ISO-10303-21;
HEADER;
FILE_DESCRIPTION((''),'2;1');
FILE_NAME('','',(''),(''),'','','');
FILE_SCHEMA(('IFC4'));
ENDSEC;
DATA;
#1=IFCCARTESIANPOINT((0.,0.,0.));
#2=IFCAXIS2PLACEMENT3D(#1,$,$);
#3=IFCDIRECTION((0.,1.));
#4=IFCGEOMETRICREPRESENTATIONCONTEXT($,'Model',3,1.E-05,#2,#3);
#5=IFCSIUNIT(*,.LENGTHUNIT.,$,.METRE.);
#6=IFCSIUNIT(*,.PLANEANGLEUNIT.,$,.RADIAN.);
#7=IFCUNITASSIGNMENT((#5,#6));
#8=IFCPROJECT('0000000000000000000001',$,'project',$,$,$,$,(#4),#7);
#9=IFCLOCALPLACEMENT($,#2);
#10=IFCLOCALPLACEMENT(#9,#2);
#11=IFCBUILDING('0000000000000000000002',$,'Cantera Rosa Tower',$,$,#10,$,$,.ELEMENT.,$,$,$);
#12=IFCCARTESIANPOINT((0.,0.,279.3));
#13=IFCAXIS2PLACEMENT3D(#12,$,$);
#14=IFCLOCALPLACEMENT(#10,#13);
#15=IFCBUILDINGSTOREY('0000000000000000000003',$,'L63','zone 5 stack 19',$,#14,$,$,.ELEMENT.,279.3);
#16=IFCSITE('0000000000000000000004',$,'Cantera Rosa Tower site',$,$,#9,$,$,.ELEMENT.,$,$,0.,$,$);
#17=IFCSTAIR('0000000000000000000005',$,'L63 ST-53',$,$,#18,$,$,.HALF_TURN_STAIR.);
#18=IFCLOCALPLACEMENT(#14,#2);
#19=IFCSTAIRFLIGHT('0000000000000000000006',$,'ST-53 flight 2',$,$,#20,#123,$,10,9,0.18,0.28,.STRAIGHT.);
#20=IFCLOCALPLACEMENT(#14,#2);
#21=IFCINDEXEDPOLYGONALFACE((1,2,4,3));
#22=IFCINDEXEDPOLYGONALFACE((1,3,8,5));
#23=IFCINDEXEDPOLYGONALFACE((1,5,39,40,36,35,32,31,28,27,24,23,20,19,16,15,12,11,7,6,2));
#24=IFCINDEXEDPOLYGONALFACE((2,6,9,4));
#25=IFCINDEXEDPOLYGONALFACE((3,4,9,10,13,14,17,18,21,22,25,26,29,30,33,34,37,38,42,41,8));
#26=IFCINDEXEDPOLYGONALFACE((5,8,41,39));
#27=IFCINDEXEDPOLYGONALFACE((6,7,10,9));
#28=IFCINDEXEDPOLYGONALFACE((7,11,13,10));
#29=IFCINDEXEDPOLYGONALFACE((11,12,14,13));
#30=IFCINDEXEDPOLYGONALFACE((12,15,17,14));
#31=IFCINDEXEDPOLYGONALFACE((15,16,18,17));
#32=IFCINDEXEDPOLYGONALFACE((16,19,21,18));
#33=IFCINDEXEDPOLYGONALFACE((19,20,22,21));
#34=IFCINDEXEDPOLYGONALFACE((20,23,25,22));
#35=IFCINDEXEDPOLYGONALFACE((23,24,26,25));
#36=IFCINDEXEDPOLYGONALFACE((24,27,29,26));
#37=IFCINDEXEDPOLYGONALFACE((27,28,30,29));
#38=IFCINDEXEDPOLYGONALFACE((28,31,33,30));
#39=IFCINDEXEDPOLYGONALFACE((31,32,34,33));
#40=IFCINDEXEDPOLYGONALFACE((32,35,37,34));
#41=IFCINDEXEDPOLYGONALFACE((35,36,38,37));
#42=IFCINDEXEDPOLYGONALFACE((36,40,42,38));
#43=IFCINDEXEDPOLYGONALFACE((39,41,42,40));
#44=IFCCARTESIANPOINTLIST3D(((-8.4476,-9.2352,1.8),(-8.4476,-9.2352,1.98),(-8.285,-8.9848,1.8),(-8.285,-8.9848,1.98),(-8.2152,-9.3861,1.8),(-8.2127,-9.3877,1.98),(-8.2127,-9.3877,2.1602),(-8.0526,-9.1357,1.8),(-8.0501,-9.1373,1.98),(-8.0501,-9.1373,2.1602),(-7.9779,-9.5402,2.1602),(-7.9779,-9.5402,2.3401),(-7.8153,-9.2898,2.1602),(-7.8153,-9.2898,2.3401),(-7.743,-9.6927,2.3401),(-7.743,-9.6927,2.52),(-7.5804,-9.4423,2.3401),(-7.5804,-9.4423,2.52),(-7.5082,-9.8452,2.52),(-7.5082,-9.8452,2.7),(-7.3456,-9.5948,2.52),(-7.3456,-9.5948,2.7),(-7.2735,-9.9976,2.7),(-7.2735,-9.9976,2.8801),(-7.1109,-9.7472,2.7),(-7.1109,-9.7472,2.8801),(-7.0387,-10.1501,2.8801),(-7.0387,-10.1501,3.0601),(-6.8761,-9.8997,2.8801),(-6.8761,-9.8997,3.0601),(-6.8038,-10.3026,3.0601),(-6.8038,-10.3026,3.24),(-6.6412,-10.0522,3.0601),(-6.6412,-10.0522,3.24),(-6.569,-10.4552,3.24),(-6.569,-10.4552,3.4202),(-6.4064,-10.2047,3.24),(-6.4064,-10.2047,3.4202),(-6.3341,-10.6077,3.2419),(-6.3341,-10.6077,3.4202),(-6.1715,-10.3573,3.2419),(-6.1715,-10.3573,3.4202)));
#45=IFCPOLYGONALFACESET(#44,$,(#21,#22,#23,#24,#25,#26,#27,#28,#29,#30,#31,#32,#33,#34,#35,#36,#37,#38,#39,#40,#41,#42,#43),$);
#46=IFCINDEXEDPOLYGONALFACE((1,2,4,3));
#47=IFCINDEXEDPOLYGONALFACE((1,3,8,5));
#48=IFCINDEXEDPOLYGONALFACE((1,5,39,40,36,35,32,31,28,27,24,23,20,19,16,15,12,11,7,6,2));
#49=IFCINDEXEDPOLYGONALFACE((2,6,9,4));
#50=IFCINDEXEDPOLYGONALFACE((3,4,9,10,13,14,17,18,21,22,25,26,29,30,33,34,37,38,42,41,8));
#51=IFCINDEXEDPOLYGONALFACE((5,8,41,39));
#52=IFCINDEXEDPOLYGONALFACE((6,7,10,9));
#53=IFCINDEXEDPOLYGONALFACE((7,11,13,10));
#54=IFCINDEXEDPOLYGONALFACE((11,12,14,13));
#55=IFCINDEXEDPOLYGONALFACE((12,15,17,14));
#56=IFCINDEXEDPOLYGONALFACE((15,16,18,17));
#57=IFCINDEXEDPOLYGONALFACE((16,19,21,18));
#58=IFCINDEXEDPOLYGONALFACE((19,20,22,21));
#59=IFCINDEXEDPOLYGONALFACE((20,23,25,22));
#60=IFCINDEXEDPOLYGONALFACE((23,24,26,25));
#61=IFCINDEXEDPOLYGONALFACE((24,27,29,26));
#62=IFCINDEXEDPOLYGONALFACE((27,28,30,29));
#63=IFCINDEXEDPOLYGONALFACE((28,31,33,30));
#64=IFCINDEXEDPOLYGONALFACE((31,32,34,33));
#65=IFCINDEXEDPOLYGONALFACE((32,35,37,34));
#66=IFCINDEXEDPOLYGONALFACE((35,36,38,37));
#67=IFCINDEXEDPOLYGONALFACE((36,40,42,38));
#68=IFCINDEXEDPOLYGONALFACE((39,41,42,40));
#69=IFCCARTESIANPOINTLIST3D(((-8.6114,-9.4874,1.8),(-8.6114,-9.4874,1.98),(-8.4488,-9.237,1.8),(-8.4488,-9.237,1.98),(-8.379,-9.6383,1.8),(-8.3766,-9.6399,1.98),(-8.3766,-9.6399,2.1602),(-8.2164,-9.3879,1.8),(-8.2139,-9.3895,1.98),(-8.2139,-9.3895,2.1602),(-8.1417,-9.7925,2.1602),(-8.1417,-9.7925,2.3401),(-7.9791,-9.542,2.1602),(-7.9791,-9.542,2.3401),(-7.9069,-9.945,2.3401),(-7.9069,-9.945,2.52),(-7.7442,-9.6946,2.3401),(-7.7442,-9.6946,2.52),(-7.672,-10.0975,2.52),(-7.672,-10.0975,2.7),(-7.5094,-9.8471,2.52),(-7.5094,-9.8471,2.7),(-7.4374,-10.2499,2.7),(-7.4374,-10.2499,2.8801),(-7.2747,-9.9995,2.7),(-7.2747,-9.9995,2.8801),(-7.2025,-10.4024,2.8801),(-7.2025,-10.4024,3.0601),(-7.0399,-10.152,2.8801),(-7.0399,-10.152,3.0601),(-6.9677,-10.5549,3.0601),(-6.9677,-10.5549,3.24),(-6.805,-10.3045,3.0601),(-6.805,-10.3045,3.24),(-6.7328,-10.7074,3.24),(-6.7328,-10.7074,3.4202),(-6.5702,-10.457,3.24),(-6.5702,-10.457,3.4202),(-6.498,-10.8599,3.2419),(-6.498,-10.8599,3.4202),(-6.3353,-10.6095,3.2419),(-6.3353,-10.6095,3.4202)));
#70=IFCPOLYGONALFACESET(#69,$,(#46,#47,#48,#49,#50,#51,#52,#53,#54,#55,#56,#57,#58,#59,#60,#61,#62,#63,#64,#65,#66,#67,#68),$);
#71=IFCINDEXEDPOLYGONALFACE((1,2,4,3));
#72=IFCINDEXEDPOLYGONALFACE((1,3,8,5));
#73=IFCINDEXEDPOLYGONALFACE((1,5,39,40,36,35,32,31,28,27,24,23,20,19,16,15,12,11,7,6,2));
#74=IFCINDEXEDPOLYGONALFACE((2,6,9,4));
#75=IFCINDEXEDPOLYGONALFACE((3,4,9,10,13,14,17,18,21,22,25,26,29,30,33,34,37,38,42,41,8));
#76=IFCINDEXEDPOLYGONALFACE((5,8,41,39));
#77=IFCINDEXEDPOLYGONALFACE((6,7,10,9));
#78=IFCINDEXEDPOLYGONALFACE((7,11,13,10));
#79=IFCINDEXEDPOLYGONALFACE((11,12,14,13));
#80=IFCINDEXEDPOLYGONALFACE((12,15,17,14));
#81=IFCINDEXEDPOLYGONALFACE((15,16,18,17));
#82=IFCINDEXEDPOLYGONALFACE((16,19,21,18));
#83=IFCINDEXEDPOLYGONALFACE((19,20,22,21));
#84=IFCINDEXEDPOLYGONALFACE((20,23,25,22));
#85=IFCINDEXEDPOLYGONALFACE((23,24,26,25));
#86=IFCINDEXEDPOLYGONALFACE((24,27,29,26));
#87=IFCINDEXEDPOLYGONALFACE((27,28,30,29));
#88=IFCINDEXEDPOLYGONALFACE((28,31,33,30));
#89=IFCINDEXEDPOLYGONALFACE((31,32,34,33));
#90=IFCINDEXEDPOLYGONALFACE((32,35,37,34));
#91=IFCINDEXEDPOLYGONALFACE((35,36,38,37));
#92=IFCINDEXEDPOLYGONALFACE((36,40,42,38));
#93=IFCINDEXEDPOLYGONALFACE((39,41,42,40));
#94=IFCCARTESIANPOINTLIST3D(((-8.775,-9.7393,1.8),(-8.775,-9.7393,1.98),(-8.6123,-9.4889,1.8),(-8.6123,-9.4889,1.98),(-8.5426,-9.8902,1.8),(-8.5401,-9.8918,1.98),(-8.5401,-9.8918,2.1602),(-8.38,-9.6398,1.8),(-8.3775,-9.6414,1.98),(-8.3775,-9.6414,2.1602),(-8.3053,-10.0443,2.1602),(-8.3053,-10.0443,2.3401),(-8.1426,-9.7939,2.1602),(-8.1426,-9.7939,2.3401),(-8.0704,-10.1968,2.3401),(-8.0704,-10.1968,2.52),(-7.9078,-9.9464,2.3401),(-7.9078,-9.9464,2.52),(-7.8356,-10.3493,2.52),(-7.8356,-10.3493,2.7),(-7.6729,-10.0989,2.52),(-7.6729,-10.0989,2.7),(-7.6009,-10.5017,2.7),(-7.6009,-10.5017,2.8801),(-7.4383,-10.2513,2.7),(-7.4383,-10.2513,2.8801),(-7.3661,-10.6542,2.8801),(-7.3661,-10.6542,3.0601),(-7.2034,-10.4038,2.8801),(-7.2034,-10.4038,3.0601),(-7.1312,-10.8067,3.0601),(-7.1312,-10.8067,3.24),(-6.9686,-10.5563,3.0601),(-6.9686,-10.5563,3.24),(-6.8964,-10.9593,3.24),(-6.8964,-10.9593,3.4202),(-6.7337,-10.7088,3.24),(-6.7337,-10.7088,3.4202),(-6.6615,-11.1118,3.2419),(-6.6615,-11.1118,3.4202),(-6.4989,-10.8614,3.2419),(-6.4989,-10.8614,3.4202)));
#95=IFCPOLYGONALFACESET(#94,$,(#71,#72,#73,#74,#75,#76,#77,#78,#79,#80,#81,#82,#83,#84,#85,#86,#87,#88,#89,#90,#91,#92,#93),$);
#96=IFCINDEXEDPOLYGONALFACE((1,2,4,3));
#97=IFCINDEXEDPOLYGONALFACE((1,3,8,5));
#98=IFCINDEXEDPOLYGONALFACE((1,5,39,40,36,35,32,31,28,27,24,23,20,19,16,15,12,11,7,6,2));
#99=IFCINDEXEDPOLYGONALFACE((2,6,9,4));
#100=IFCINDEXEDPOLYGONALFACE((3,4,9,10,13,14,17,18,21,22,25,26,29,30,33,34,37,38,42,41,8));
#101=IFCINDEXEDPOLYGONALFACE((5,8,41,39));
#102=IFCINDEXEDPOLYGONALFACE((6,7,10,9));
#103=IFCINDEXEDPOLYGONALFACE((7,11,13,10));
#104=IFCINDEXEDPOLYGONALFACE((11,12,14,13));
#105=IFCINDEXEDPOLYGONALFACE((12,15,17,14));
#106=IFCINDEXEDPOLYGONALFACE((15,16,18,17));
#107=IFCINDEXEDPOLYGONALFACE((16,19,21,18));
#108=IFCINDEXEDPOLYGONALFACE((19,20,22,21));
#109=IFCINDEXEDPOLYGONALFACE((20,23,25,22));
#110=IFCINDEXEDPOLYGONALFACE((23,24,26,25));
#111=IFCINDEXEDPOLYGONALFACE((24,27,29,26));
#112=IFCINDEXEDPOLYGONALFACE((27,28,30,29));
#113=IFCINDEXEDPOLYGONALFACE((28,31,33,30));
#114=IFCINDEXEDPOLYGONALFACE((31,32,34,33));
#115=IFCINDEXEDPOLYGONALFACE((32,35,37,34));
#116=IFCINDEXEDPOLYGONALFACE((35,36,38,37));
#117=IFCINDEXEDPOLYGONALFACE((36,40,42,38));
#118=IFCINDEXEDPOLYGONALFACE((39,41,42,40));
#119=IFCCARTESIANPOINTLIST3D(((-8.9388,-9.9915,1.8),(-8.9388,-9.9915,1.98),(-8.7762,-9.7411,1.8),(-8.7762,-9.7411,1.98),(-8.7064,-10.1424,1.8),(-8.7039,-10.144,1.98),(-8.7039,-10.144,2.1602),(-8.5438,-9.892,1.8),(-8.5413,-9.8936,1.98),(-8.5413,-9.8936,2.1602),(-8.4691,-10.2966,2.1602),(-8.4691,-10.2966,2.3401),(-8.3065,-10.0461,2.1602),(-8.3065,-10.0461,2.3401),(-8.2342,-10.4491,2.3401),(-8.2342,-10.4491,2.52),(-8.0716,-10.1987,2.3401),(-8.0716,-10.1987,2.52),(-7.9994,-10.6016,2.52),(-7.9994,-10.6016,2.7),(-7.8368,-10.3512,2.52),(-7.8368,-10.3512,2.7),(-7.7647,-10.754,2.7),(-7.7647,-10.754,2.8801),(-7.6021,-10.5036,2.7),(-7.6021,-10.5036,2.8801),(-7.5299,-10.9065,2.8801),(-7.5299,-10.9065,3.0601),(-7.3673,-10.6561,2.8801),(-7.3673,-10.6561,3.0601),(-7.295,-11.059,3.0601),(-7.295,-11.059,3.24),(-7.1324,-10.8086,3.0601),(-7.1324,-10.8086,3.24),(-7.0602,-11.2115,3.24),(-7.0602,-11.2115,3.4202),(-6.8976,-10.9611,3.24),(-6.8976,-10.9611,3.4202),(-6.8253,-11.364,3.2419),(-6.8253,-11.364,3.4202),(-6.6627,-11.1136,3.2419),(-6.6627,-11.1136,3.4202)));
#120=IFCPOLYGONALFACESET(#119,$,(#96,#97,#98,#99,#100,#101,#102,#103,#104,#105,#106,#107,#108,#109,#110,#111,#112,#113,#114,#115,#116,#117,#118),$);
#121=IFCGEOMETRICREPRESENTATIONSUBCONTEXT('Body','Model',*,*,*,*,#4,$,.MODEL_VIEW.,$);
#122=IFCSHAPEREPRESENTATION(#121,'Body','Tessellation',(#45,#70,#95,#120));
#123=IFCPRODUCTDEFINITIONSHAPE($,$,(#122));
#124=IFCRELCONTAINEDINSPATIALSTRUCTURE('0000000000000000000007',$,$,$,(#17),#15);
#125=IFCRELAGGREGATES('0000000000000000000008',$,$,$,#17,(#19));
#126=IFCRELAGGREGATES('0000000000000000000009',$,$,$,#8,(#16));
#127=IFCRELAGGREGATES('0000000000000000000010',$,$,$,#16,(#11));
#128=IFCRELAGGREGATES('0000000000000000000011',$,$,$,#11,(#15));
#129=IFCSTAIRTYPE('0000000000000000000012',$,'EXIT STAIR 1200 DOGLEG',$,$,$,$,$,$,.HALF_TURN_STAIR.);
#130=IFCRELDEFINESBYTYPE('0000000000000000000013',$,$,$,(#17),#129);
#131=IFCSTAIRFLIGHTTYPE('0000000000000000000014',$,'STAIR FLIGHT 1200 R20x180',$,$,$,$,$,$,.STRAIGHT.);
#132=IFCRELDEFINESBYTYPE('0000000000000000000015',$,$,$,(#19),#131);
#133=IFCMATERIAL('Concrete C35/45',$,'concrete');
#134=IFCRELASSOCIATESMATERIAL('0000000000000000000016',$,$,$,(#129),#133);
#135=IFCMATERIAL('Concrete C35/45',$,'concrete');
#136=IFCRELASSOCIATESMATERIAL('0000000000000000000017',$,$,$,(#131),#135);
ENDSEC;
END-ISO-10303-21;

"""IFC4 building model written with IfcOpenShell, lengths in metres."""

from ifc_helpers import new_model, si_unit, direction, frame, origin, place, context, subcontext, project, spatial, polyline, outline, extrude, material, type_object, element, aggregate, save


model = new_model("IFC4")

# Units and contexts
model_context = context("Model", 3, precision=1e-05, world=origin(), true_north=direction((0.0, 1.0)))
body_context = subcontext(model_context, "Body", "Model", "MODEL_VIEW")
ifc_project = project(units=[si_unit("LENGTHUNIT", "METRE"), si_unit("PLANEANGLEUNIT", "RADIAN")], contexts=[model_context])

# Site, building, storey
site_placement = place(None, origin())
site = spatial("IfcSite", under=ifc_project, at=site_placement, Name="Cantera Rosa Tower site", CompositionType="ELEMENT", RefElevation=0.0)
building_placement = place(site_placement, origin())
building = spatial("IfcBuilding", under=site, at=building_placement, Name="Cantera Rosa Tower", CompositionType="ELEMENT")
storey_placement = place(building_placement, frame((0.0, 0.0, 279.3)))
storey = spatial("IfcBuildingStorey", under=building, at=storey_placement, Name="L63", Description="zone 5 stack 19", CompositionType="ELEMENT", Elevation=279.3)

# Stair, stair flight
ifc_material_1 = material(Name="Concrete C35/45", Category="concrete")
stair_type = type_object("IfcStairType", Name="EXIT STAIR 1200 DOGLEG", PredefinedType="HALF_TURN_STAIR", material=ifc_material_1)
stair_placement = place(storey_placement, origin())
stair = element("IfcStair", 1, at=stair_placement, inside=storey, type_object=stair_type, Name="L63 ST-53", PredefinedType="HALF_TURN_STAIR")
ifc_material_2 = material(Name="Concrete C35/45", Category="concrete")
stair_flight_type = type_object("IfcStairFlightType", Name="STAIR FLIGHT 1200 R20x180", PredefinedType="STRAIGHT", material=ifc_material_2)
stair_flight_1_placement = place(storey_placement, frame((-8.6118, -9.488, 1.8), z_axis=(0.0, 0.0, 1.0), x_axis=(0.838671, -0.544639, 0.0)))
stair_flight_1 = element("IfcStairFlight", 2, at=stair_flight_1_placement, type_object=stair_flight_type, Name="ST-53 flight 2", NumberOfRisers=10, NumberOfTreads=9, PredefinedType="STRAIGHT", RiserHeight=0.18, TreadLength=0.28, context=body_context, shape_type="SweptSolid", body=[
    extrude(outline(polyline([(0.0, 0.0), (0.0, 0.1799), (0.28, 0.1799), (0.28, 0.3601), (0.5601, 0.3601), (0.5601, 0.54), (0.8401, 0.54), (0.8401, 0.72), (1.1201, 0.72), (1.1201, 0.8999), (1.3999, 0.8999), (1.3999, 1.0801), (1.6799, 1.0801), (1.6799, 1.26), (1.96, 1.26), (1.96, 1.4399), (2.24, 1.4399), (2.24, 1.6201), (2.52, 1.6201), (2.52, 1.8), (2.52, 1.4419), (0.2771, 0.0), (0.0, 0.0)])), frame((0.0, 0.6001, 0.0), z_axis=(0.0, -1.0, 0.0), x_axis=(1.0, 0.0, 0.0)), (0.0, 0.0, 1.0), 0.2986),
    extrude(outline(polyline([(0.0, 0.0), (0.0, 0.1799), (0.28, 0.1799), (0.28, 0.3601), (0.5601, 0.3601), (0.5601, 0.54), (0.8401, 0.54), (0.8401, 0.72), (1.1201, 0.72), (1.1201, 0.8999), (1.3999, 0.8999), (1.3999, 1.0801), (1.6799, 1.0801), (1.6799, 1.26), (1.96, 1.26), (1.96, 1.4399), (2.24, 1.4399), (2.24, 1.6201), (2.52, 1.6201), (2.52, 1.8), (2.52, 1.4419), (0.2771, 0.0), (0.0, 0.0)])), frame((0.0, 0.2993, 0.0), z_axis=(0.0, -1.0, 0.0), x_axis=(1.0, 0.0, 0.0)), (0.0, 0.0, 1.0), 0.2986),
    extrude(outline(polyline([(0.0, 0.0), (0.0, 0.1799), (0.28, 0.1799), (0.28, 0.3601), (0.5601, 0.3601), (0.5601, 0.54), (0.8401, 0.54), (0.8401, 0.72), (1.1201, 0.72), (1.1201, 0.8999), (1.3999, 0.8999), (1.3999, 1.0801), (1.6799, 1.0801), (1.6799, 1.26), (1.96, 1.26), (1.96, 1.4399), (2.24, 1.4399), (2.24, 1.6201), (2.52, 1.6201), (2.52, 1.8), (2.52, 1.4419), (0.2771, 0.0), (0.0, 0.0)])), frame((0.0, -0.001, 0.0), z_axis=(0.0, -1.0, 0.0), x_axis=(1.0, 0.0, 0.0)), (0.0, 0.0, 1.0), 0.2986),
    extrude(outline(polyline([(0.0, 0.0), (0.0, 0.1799), (0.28, 0.1799), (0.28, 0.3601), (0.5601, 0.3601), (0.5601, 0.54), (0.8401, 0.54), (0.8401, 0.72), (1.1201, 0.72), (1.1201, 0.8999), (1.3999, 0.8999), (1.3999, 1.0801), (1.6799, 1.0801), (1.6799, 1.26), (1.96, 1.26), (1.96, 1.4399), (2.24, 1.4399), (2.24, 1.6201), (2.52, 1.6201), (2.52, 1.8), (2.52, 1.4419), (0.2771, 0.0), (0.0, 0.0)])), frame((0.0, -0.3018, 0.0), z_axis=(0.0, -1.0, 0.0), x_axis=(1.0, 0.0, 0.0)), (0.0, 0.0, 1.0), 0.2986),
])
aggregate(stair, [stair_flight_1])

save(model, "model.ifc")
